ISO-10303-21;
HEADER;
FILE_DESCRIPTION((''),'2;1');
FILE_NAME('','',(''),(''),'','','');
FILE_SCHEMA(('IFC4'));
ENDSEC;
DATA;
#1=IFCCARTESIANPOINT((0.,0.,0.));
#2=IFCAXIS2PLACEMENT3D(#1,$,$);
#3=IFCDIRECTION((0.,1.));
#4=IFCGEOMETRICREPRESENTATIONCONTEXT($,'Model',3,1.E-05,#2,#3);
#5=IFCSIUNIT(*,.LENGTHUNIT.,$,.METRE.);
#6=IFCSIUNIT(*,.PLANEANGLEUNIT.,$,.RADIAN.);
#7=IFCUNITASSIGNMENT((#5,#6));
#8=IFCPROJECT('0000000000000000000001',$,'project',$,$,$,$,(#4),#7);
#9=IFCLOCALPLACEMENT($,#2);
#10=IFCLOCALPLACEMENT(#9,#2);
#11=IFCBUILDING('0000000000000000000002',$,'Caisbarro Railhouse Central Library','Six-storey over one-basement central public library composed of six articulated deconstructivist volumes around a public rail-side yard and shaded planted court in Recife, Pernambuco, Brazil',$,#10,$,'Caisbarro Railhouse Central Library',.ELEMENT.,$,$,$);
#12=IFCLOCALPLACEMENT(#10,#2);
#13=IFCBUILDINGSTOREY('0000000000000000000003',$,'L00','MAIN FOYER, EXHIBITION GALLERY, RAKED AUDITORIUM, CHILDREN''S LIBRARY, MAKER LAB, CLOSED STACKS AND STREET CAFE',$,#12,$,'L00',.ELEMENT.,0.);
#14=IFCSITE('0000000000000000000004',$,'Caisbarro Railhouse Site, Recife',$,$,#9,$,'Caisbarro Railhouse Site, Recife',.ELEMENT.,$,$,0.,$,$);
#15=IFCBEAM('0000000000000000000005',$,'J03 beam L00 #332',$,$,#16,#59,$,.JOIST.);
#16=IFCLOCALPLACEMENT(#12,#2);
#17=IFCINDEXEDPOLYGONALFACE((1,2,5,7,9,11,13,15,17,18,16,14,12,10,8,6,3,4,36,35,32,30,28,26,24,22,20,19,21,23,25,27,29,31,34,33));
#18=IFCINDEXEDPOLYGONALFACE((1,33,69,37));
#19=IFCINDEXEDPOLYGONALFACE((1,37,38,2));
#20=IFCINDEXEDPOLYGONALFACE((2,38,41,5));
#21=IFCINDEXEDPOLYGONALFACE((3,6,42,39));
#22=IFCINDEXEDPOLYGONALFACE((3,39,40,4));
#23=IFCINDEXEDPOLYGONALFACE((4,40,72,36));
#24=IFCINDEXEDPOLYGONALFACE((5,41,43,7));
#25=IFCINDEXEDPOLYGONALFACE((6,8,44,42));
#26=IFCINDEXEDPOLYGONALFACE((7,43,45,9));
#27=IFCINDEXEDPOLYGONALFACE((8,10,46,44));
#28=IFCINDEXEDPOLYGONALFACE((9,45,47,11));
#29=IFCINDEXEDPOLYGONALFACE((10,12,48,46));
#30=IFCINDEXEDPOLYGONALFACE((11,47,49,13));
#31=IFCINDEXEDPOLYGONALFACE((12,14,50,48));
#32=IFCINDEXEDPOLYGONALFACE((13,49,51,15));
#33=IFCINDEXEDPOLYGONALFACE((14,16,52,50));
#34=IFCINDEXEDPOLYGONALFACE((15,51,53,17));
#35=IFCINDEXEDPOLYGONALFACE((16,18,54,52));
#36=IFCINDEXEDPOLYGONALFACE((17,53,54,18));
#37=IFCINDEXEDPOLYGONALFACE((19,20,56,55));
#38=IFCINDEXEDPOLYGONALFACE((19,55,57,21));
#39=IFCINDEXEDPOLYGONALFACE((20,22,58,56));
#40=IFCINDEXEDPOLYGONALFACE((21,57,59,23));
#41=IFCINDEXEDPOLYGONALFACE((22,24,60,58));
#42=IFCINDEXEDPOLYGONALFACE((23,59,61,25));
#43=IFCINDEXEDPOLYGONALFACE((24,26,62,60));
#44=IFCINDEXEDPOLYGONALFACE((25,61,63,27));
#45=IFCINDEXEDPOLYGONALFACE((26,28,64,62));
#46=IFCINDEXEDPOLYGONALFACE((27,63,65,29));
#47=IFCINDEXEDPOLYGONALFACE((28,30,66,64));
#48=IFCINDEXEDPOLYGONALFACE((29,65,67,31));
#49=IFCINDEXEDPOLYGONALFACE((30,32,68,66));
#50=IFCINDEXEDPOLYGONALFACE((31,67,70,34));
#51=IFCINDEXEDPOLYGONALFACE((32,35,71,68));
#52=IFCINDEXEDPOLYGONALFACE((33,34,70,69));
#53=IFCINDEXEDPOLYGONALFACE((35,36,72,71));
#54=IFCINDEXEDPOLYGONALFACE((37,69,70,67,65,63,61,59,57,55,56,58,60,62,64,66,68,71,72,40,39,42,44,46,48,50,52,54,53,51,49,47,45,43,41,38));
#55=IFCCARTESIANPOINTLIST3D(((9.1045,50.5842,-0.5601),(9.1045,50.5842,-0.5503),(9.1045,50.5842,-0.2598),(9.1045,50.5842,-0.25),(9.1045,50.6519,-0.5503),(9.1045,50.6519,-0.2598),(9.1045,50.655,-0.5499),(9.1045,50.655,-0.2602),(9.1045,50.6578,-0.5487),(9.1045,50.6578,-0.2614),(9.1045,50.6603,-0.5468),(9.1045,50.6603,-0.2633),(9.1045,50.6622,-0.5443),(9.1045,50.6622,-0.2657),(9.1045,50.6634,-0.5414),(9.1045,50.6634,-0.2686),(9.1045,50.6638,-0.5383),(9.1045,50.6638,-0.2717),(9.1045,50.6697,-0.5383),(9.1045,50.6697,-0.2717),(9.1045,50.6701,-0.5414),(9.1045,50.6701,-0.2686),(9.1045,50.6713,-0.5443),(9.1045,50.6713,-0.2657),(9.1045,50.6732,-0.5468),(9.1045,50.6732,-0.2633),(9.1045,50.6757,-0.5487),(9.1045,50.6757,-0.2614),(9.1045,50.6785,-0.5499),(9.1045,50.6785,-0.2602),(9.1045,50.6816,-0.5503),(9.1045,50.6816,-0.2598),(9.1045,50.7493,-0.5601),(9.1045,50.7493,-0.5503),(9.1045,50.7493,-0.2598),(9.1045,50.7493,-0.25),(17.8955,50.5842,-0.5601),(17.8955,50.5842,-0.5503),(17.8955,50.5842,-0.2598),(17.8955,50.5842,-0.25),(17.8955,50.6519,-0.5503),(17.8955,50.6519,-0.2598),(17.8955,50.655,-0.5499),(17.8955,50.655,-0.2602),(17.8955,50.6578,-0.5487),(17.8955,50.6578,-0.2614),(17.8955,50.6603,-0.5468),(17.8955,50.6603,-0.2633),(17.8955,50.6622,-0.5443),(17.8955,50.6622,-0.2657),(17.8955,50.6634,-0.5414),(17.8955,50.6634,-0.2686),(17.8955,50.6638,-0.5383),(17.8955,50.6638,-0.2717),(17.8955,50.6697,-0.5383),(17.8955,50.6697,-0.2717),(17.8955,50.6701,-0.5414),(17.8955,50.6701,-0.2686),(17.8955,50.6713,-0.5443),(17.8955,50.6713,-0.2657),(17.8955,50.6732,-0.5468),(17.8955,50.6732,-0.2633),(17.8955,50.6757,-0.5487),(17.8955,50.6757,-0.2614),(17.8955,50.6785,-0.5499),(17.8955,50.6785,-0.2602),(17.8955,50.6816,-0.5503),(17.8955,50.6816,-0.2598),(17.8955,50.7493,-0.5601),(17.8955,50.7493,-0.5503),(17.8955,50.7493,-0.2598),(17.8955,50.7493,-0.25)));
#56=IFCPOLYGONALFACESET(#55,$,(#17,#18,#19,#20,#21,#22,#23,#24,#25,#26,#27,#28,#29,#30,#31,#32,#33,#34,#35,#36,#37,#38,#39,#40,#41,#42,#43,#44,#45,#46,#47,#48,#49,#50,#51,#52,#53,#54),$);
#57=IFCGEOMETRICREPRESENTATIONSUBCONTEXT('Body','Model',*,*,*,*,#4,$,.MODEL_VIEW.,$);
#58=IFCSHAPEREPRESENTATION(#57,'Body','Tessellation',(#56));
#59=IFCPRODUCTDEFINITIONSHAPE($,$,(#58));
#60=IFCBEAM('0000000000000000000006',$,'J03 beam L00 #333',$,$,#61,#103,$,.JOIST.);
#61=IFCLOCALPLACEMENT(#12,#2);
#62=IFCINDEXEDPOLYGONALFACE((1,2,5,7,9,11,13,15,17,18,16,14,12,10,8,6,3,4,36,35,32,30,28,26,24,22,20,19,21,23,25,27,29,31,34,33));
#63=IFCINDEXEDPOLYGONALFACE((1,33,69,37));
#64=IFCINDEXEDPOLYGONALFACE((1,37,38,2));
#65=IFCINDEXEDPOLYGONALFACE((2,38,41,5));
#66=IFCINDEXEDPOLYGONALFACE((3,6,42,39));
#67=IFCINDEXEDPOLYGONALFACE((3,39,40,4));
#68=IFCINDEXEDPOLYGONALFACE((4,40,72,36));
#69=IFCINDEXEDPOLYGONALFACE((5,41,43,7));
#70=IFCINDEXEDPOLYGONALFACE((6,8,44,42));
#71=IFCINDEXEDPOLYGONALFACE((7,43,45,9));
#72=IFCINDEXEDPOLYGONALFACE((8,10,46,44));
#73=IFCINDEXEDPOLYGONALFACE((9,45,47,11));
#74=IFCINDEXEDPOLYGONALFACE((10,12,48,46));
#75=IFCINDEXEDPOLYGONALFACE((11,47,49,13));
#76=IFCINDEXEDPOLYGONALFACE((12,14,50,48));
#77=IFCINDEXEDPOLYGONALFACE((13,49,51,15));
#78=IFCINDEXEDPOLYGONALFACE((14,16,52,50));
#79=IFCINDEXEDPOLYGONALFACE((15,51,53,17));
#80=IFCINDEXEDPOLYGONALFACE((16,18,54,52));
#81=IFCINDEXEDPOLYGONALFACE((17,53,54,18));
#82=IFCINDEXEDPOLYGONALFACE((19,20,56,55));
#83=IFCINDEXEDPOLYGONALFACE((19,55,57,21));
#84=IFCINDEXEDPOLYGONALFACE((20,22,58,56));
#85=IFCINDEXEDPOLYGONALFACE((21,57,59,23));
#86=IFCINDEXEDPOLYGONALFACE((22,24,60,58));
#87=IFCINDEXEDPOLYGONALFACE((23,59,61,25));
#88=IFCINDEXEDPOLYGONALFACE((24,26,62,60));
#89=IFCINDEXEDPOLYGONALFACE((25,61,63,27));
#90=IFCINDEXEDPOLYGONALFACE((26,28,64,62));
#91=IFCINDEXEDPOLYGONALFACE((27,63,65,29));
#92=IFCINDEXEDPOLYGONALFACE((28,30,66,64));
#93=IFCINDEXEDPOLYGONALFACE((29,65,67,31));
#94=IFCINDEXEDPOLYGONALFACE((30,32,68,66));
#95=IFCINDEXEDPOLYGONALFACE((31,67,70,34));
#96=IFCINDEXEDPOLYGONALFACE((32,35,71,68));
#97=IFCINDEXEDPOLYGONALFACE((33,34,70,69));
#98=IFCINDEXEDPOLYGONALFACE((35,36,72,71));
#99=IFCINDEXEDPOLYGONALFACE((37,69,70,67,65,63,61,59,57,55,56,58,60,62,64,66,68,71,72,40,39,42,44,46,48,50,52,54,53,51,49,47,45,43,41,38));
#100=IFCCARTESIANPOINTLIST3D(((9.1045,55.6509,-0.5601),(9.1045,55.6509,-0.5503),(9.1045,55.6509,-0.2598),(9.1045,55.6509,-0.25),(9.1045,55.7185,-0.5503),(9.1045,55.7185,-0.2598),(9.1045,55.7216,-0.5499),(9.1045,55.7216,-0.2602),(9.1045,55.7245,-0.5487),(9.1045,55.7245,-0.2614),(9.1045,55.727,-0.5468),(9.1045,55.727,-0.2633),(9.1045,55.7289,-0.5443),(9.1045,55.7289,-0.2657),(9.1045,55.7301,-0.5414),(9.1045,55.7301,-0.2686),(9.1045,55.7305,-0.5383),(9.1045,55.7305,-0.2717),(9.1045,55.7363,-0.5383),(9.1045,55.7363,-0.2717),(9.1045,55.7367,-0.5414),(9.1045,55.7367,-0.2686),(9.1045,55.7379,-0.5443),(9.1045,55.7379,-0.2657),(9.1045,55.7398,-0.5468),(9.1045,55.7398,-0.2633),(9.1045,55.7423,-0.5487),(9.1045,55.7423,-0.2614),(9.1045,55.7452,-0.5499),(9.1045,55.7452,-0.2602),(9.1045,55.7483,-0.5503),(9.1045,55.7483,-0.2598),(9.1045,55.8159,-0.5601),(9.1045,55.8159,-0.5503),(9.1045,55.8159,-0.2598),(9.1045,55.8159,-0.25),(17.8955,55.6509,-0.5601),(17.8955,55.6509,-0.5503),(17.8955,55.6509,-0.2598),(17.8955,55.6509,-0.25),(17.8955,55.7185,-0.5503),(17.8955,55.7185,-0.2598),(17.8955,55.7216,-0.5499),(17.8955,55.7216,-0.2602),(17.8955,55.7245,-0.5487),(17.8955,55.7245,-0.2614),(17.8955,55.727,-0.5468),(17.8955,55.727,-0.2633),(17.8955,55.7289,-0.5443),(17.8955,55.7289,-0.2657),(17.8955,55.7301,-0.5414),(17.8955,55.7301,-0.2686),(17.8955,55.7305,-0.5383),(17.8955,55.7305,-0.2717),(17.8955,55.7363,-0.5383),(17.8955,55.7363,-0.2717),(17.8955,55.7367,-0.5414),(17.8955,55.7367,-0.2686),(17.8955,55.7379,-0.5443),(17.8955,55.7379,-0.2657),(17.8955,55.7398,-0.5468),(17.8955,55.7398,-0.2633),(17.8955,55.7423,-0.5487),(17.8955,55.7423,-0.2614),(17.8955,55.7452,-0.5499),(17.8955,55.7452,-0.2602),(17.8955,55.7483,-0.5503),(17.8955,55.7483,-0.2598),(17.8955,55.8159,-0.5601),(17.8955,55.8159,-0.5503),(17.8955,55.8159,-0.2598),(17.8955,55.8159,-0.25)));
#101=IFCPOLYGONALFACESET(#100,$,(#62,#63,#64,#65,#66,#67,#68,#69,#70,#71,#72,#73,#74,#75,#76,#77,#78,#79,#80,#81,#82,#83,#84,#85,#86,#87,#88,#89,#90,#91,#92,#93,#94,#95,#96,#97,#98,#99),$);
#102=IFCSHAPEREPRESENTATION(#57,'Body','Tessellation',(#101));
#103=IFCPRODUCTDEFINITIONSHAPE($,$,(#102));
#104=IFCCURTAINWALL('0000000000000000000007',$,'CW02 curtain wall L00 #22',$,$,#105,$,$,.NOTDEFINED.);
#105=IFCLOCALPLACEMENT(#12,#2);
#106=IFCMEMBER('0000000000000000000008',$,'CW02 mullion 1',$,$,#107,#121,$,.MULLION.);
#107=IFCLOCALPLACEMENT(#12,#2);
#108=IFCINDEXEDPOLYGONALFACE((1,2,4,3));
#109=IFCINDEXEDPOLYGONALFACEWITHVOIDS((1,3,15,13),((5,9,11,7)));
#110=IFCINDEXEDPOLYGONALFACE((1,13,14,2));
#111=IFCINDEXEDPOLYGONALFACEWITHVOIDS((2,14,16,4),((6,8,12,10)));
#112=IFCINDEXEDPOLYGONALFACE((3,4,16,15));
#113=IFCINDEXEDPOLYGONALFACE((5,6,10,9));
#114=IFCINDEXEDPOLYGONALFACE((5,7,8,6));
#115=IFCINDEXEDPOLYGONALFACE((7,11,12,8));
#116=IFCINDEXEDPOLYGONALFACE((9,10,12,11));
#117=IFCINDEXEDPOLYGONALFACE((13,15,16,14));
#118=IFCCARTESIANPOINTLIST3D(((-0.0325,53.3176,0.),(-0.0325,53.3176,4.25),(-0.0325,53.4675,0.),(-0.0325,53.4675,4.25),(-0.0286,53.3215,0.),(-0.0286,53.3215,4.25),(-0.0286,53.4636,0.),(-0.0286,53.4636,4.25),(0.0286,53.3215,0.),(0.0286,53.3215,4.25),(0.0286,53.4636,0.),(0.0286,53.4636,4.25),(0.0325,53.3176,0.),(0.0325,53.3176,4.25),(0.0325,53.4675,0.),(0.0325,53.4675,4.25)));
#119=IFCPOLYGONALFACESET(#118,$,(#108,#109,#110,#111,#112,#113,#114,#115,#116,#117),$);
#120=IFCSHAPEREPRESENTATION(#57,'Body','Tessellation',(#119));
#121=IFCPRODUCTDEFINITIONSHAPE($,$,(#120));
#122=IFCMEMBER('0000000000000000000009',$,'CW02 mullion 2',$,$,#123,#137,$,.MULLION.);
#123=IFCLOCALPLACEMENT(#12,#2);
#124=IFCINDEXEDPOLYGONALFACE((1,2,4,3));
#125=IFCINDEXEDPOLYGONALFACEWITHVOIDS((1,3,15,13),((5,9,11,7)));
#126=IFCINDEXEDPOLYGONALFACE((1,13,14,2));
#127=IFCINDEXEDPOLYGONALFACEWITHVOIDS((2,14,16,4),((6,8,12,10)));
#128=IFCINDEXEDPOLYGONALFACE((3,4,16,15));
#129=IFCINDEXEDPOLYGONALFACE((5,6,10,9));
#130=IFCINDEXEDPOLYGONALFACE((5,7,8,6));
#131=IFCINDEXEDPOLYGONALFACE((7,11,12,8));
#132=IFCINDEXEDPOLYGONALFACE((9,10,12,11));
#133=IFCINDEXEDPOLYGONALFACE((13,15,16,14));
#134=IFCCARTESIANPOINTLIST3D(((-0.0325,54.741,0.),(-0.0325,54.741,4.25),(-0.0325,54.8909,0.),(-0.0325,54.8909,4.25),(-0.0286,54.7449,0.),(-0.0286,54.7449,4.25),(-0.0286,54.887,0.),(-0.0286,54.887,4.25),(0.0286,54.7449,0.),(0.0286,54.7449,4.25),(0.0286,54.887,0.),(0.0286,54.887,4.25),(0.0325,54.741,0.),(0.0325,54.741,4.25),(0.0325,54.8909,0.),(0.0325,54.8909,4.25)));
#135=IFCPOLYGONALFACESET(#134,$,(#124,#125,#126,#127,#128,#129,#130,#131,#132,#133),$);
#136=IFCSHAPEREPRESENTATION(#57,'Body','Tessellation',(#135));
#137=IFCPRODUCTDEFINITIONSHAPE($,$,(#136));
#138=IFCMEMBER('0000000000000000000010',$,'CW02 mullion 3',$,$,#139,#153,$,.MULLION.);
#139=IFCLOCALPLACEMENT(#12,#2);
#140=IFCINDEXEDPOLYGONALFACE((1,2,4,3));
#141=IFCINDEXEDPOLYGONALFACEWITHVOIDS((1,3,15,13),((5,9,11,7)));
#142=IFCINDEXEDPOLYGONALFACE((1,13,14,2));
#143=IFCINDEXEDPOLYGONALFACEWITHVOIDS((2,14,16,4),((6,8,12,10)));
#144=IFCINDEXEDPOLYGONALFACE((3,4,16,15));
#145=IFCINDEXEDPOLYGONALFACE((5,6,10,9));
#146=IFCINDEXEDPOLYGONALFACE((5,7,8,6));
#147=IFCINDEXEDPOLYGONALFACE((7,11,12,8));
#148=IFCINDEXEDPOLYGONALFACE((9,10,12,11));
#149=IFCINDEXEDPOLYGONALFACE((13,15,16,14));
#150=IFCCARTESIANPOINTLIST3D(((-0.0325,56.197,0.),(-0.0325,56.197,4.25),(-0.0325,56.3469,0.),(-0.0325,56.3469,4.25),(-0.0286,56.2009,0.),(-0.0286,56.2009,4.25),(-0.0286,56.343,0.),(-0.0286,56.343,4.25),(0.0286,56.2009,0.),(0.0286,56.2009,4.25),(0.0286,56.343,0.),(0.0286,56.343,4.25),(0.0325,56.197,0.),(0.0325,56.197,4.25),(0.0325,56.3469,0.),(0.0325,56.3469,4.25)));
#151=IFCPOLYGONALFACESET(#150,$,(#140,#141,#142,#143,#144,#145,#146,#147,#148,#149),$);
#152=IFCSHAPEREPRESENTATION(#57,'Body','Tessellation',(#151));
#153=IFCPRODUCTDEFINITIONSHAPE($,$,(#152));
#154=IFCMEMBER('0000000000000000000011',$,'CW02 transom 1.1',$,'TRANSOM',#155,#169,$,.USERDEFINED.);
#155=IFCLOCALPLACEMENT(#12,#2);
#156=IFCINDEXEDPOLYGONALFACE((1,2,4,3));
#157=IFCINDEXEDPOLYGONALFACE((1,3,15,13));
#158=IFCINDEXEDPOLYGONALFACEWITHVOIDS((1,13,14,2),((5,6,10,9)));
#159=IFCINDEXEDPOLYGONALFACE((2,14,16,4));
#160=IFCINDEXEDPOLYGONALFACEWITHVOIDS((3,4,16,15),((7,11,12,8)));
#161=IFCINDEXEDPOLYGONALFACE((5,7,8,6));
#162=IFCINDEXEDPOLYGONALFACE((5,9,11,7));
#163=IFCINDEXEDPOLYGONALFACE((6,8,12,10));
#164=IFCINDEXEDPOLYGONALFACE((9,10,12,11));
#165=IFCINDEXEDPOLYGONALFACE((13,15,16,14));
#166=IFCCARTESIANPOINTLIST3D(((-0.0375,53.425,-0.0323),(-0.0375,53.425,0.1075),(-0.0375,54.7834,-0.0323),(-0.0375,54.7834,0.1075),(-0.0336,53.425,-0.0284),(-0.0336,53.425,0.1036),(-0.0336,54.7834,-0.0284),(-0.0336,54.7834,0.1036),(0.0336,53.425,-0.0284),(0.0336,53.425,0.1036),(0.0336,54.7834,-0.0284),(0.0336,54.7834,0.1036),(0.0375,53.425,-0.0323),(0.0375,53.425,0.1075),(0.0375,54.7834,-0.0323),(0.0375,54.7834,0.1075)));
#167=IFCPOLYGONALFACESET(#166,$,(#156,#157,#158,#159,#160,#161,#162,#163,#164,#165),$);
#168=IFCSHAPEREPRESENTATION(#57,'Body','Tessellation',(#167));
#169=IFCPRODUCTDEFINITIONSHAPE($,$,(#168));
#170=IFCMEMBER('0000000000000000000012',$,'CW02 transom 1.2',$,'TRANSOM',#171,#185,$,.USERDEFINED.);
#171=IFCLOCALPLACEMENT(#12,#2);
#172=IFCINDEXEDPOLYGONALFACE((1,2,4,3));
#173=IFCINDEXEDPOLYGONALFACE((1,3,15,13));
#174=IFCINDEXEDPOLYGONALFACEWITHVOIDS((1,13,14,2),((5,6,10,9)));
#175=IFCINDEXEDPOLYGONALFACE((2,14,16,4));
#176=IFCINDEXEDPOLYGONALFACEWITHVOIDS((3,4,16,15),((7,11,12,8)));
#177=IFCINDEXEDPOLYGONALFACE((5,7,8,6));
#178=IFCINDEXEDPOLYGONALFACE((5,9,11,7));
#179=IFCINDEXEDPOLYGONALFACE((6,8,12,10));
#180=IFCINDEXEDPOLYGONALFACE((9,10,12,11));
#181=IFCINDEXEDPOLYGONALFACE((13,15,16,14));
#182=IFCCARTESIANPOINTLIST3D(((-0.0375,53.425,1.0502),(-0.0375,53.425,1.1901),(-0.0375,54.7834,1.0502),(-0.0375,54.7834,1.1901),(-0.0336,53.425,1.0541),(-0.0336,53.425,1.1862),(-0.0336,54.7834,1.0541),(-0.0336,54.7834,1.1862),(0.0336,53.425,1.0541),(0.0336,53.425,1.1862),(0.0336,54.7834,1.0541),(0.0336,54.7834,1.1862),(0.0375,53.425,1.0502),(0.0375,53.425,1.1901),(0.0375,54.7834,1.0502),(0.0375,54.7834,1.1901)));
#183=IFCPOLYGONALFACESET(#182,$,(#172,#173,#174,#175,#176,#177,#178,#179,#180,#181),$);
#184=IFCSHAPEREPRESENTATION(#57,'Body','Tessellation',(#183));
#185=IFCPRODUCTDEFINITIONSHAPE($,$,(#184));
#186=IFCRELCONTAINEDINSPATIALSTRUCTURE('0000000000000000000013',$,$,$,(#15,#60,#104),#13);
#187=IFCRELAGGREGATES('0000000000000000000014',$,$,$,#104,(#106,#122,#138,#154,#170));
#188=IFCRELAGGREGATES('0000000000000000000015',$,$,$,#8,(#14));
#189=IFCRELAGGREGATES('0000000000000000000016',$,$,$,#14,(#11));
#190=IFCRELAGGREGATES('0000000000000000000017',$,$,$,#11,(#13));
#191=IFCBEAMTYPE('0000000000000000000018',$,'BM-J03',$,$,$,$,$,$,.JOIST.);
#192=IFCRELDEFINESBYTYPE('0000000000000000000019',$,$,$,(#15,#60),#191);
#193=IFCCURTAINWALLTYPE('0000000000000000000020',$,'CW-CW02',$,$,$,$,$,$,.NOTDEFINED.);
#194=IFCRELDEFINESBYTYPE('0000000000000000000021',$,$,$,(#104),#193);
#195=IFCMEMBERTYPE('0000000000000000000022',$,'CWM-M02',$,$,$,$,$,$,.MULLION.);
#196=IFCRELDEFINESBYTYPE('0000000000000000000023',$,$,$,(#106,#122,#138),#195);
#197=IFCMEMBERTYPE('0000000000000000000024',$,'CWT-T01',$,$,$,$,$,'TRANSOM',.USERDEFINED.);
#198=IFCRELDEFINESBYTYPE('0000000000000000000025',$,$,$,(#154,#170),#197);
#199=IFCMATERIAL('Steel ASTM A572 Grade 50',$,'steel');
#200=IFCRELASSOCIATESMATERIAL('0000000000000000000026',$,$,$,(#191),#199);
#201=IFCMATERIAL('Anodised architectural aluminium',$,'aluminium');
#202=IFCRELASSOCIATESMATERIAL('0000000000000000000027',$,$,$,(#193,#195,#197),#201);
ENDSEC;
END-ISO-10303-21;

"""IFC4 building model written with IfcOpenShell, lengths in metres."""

from ifc_helpers import new_model, si_unit, direction, frame, origin, origin_2d, place, context, subcontext, project, spatial, hollow_rectangle, i_section, extrude, material, material_profile, profile_set, type_object, element, aggregate, save


model = new_model("IFC4")

# Units and contexts
model_context = context("Model", 3, precision=1e-05, world=origin(), true_north=direction((0.0, 1.0)))
body_context = subcontext(model_context, "Body", "Model", "MODEL_VIEW")
ifc_project = project(units=[si_unit("LENGTHUNIT", "METRE"), si_unit("PLANEANGLEUNIT", "RADIAN")], contexts=[model_context])

# Site, building, storey
site_placement = place(None, origin())
site = spatial("IfcSite", under=ifc_project, at=site_placement, Name="Caisbarro Railhouse Site, Recife", LongName="Caisbarro Railhouse Site, Recife", CompositionType="ELEMENT", RefElevation=0.0)
building_placement = place(site_placement, origin())
building = spatial("IfcBuilding", under=site, at=building_placement, Name="Caisbarro Railhouse Central Library", Description="Six-storey over one-basement central public library composed of six articulated deconstructivist volumes around a public rail-side yard and shaded planted court in Recife, Pernambuco, Brazil", LongName="Caisbarro Railhouse Central Library", CompositionType="ELEMENT")
storey_placement = place(building_placement, origin())
storey = spatial("IfcBuildingStorey", under=building, at=storey_placement, Name="L00", Description="MAIN FOYER, EXHIBITION GALLERY, RAKED AUDITORIUM, CHILDREN'S LIBRARY, MAKER LAB, CLOSED STACKS AND STREET CAFE", LongName="L00", CompositionType="ELEMENT", Elevation=0.0)

# Shared definitions
ifc_material_1 = material(Name="Steel ASTM A572 Grade 50", Category="steel")

# Beams
ifc_material_profile_1 = material_profile(ifc_material_1, i_section(OverallWidth=0.165, OverallDepth=0.3101, WebThickness=0.0059, FlangeThickness=0.0098, FilletRadius=0.012, at=origin_2d()), Name="W310X38.7")
ifc_profile_set_1 = profile_set([ifc_material_profile_1], Name="Steel ASTM A572 Grade 50")
beam_type_1 = type_object("IfcBeamType", Name="BM-J03", PredefinedType="JOIST", material=ifc_profile_set_1)
for number, where, z_axis, x_axis, name in (
    (1, (9.1045, 50.6667, -0.405), (1.0, 0.0, 0.0), (0.0, 1.0, 0.0), "J03 beam L00 #332"),
    (2, (9.1045, 55.7334, -0.405), (1.0, 0.0, 0.0), (0.0, 1.0, 0.0), "J03 beam L00 #333"),
):
    element("IfcBeam", number, at=place(storey_placement, frame(where, z_axis=z_axis, x_axis=x_axis)), inside=storey, type_object=beam_type_1, Name=name, PredefinedType="JOIST", context=body_context, shape_type="SweptSolid", body=[
        extrude(i_section(OverallWidth=0.165, OverallDepth=0.3101, WebThickness=0.0059, FlangeThickness=0.0098, FilletRadius=0.012, at=origin_2d()), origin(), (0.0, 0.0, 1.0), 8.791),
    ])

# Curtain wall, members
ifc_material_2 = material(Name="Anodised architectural aluminium", Category="aluminium")
curtain_wall_type = type_object("IfcCurtainWallType", Name="CW-CW02", PredefinedType="NOTDEFINED", material=ifc_material_2)
curtain_wall_placement = place(storey_placement, origin())
curtain_wall = element("IfcCurtainWall", 3, at=curtain_wall_placement, inside=storey, type_object=curtain_wall_type, Name="CW02 curtain wall L00 #22", PredefinedType="NOTDEFINED")
ifc_material_profile_2 = material_profile(ifc_material_2, hollow_rectangle(XDim=0.0649, YDim=0.1499, WallThickness=0.0039, at=origin_2d()), Name="ALU-MUL-65X150")
ifc_profile_set_2 = profile_set([ifc_material_profile_2], Name="Anodised architectural aluminium")
member_type_1 = type_object("IfcMemberType", Name="CWM-M02", PredefinedType="MULLION", material=ifc_profile_set_2)
member_1_placement = place(storey_placement, frame((0.0, 53.3926, 0.0), z_axis=(0.0, 0.0, 1.0), x_axis=(-1.0, 0.0, 0.0)))
member_1 = element("IfcMember", 4, at=member_1_placement, type_object=member_type_1, Name="CW02 mullion 1", PredefinedType="MULLION", context=body_context, shape_type="SweptSolid", body=[
    extrude(hollow_rectangle(XDim=0.0649, YDim=0.1499, WallThickness=0.0039, at=origin_2d()), origin(), (0.0, 0.0, 1.0), 4.25),
])
member_2_placement = place(storey_placement, frame((0.0, 54.8159, 0.0), z_axis=(0.0, 0.0, 1.0), x_axis=(-1.0, 0.0, 0.0)))
member_2 = element("IfcMember", 5, at=member_2_placement, type_object=member_type_1, Name="CW02 mullion 2", PredefinedType="MULLION", context=body_context, shape_type="SweptSolid", body=[
    extrude(hollow_rectangle(XDim=0.0649, YDim=0.1499, WallThickness=0.0039, at=origin_2d()), origin(), (0.0, 0.0, 1.0), 4.25),
])
member_3_placement = place(storey_placement, frame((0.0, 56.272, 0.0), z_axis=(0.0, 0.0, 1.0), x_axis=(-1.0, 0.0, 0.0)))
member_3 = element("IfcMember", 6, at=member_3_placement, type_object=member_type_1, Name="CW02 mullion 3", PredefinedType="MULLION", context=body_context, shape_type="SweptSolid", body=[
    extrude(hollow_rectangle(XDim=0.0649, YDim=0.1499, WallThickness=0.0039, at=origin_2d()), origin(), (0.0, 0.0, 1.0), 4.25),
])
ifc_material_profile_3 = material_profile(ifc_material_2, hollow_rectangle(XDim=0.075, YDim=0.1399, WallThickness=0.0039, at=origin_2d()), Name="ALU-TRN-75X140")
ifc_profile_set_3 = profile_set([ifc_material_profile_3], Name="Anodised architectural aluminium")
member_type_2 = type_object("IfcMemberType", Name="CWT-T01", ElementType="TRANSOM", PredefinedType="USERDEFINED", material=ifc_profile_set_3)
member_4_placement = place(storey_placement, frame((0.0, 53.425, 0.0376), z_axis=(0.0, 1.0, 0.0), x_axis=(-1.0, 0.0, 0.0)))
member_4 = element("IfcMember", 7, at=member_4_placement, type_object=member_type_2, Name="CW02 transom 1.1", ObjectType="TRANSOM", PredefinedType="USERDEFINED", context=body_context, shape_type="SweptSolid", body=[
    extrude(hollow_rectangle(XDim=0.075, YDim=0.1399, WallThickness=0.0039, at=origin_2d()), origin(), (0.0, 0.0, 1.0), 1.3584),
])
member_5_placement = place(storey_placement, frame((0.0, 53.425, 1.1201), z_axis=(0.0, 1.0, 0.0), x_axis=(-1.0, 0.0, 0.0)))
member_5 = element("IfcMember", 8, at=member_5_placement, type_object=member_type_2, Name="CW02 transom 1.2", ObjectType="TRANSOM", PredefinedType="USERDEFINED", context=body_context, shape_type="SweptSolid", body=[
    extrude(hollow_rectangle(XDim=0.075, YDim=0.1399, WallThickness=0.0039, at=origin_2d()), origin(), (0.0, 0.0, 1.0), 1.3584),
])
aggregate(curtain_wall, [member_1, member_2, member_3, member_4, member_5])

save(model, "model.ifc")
